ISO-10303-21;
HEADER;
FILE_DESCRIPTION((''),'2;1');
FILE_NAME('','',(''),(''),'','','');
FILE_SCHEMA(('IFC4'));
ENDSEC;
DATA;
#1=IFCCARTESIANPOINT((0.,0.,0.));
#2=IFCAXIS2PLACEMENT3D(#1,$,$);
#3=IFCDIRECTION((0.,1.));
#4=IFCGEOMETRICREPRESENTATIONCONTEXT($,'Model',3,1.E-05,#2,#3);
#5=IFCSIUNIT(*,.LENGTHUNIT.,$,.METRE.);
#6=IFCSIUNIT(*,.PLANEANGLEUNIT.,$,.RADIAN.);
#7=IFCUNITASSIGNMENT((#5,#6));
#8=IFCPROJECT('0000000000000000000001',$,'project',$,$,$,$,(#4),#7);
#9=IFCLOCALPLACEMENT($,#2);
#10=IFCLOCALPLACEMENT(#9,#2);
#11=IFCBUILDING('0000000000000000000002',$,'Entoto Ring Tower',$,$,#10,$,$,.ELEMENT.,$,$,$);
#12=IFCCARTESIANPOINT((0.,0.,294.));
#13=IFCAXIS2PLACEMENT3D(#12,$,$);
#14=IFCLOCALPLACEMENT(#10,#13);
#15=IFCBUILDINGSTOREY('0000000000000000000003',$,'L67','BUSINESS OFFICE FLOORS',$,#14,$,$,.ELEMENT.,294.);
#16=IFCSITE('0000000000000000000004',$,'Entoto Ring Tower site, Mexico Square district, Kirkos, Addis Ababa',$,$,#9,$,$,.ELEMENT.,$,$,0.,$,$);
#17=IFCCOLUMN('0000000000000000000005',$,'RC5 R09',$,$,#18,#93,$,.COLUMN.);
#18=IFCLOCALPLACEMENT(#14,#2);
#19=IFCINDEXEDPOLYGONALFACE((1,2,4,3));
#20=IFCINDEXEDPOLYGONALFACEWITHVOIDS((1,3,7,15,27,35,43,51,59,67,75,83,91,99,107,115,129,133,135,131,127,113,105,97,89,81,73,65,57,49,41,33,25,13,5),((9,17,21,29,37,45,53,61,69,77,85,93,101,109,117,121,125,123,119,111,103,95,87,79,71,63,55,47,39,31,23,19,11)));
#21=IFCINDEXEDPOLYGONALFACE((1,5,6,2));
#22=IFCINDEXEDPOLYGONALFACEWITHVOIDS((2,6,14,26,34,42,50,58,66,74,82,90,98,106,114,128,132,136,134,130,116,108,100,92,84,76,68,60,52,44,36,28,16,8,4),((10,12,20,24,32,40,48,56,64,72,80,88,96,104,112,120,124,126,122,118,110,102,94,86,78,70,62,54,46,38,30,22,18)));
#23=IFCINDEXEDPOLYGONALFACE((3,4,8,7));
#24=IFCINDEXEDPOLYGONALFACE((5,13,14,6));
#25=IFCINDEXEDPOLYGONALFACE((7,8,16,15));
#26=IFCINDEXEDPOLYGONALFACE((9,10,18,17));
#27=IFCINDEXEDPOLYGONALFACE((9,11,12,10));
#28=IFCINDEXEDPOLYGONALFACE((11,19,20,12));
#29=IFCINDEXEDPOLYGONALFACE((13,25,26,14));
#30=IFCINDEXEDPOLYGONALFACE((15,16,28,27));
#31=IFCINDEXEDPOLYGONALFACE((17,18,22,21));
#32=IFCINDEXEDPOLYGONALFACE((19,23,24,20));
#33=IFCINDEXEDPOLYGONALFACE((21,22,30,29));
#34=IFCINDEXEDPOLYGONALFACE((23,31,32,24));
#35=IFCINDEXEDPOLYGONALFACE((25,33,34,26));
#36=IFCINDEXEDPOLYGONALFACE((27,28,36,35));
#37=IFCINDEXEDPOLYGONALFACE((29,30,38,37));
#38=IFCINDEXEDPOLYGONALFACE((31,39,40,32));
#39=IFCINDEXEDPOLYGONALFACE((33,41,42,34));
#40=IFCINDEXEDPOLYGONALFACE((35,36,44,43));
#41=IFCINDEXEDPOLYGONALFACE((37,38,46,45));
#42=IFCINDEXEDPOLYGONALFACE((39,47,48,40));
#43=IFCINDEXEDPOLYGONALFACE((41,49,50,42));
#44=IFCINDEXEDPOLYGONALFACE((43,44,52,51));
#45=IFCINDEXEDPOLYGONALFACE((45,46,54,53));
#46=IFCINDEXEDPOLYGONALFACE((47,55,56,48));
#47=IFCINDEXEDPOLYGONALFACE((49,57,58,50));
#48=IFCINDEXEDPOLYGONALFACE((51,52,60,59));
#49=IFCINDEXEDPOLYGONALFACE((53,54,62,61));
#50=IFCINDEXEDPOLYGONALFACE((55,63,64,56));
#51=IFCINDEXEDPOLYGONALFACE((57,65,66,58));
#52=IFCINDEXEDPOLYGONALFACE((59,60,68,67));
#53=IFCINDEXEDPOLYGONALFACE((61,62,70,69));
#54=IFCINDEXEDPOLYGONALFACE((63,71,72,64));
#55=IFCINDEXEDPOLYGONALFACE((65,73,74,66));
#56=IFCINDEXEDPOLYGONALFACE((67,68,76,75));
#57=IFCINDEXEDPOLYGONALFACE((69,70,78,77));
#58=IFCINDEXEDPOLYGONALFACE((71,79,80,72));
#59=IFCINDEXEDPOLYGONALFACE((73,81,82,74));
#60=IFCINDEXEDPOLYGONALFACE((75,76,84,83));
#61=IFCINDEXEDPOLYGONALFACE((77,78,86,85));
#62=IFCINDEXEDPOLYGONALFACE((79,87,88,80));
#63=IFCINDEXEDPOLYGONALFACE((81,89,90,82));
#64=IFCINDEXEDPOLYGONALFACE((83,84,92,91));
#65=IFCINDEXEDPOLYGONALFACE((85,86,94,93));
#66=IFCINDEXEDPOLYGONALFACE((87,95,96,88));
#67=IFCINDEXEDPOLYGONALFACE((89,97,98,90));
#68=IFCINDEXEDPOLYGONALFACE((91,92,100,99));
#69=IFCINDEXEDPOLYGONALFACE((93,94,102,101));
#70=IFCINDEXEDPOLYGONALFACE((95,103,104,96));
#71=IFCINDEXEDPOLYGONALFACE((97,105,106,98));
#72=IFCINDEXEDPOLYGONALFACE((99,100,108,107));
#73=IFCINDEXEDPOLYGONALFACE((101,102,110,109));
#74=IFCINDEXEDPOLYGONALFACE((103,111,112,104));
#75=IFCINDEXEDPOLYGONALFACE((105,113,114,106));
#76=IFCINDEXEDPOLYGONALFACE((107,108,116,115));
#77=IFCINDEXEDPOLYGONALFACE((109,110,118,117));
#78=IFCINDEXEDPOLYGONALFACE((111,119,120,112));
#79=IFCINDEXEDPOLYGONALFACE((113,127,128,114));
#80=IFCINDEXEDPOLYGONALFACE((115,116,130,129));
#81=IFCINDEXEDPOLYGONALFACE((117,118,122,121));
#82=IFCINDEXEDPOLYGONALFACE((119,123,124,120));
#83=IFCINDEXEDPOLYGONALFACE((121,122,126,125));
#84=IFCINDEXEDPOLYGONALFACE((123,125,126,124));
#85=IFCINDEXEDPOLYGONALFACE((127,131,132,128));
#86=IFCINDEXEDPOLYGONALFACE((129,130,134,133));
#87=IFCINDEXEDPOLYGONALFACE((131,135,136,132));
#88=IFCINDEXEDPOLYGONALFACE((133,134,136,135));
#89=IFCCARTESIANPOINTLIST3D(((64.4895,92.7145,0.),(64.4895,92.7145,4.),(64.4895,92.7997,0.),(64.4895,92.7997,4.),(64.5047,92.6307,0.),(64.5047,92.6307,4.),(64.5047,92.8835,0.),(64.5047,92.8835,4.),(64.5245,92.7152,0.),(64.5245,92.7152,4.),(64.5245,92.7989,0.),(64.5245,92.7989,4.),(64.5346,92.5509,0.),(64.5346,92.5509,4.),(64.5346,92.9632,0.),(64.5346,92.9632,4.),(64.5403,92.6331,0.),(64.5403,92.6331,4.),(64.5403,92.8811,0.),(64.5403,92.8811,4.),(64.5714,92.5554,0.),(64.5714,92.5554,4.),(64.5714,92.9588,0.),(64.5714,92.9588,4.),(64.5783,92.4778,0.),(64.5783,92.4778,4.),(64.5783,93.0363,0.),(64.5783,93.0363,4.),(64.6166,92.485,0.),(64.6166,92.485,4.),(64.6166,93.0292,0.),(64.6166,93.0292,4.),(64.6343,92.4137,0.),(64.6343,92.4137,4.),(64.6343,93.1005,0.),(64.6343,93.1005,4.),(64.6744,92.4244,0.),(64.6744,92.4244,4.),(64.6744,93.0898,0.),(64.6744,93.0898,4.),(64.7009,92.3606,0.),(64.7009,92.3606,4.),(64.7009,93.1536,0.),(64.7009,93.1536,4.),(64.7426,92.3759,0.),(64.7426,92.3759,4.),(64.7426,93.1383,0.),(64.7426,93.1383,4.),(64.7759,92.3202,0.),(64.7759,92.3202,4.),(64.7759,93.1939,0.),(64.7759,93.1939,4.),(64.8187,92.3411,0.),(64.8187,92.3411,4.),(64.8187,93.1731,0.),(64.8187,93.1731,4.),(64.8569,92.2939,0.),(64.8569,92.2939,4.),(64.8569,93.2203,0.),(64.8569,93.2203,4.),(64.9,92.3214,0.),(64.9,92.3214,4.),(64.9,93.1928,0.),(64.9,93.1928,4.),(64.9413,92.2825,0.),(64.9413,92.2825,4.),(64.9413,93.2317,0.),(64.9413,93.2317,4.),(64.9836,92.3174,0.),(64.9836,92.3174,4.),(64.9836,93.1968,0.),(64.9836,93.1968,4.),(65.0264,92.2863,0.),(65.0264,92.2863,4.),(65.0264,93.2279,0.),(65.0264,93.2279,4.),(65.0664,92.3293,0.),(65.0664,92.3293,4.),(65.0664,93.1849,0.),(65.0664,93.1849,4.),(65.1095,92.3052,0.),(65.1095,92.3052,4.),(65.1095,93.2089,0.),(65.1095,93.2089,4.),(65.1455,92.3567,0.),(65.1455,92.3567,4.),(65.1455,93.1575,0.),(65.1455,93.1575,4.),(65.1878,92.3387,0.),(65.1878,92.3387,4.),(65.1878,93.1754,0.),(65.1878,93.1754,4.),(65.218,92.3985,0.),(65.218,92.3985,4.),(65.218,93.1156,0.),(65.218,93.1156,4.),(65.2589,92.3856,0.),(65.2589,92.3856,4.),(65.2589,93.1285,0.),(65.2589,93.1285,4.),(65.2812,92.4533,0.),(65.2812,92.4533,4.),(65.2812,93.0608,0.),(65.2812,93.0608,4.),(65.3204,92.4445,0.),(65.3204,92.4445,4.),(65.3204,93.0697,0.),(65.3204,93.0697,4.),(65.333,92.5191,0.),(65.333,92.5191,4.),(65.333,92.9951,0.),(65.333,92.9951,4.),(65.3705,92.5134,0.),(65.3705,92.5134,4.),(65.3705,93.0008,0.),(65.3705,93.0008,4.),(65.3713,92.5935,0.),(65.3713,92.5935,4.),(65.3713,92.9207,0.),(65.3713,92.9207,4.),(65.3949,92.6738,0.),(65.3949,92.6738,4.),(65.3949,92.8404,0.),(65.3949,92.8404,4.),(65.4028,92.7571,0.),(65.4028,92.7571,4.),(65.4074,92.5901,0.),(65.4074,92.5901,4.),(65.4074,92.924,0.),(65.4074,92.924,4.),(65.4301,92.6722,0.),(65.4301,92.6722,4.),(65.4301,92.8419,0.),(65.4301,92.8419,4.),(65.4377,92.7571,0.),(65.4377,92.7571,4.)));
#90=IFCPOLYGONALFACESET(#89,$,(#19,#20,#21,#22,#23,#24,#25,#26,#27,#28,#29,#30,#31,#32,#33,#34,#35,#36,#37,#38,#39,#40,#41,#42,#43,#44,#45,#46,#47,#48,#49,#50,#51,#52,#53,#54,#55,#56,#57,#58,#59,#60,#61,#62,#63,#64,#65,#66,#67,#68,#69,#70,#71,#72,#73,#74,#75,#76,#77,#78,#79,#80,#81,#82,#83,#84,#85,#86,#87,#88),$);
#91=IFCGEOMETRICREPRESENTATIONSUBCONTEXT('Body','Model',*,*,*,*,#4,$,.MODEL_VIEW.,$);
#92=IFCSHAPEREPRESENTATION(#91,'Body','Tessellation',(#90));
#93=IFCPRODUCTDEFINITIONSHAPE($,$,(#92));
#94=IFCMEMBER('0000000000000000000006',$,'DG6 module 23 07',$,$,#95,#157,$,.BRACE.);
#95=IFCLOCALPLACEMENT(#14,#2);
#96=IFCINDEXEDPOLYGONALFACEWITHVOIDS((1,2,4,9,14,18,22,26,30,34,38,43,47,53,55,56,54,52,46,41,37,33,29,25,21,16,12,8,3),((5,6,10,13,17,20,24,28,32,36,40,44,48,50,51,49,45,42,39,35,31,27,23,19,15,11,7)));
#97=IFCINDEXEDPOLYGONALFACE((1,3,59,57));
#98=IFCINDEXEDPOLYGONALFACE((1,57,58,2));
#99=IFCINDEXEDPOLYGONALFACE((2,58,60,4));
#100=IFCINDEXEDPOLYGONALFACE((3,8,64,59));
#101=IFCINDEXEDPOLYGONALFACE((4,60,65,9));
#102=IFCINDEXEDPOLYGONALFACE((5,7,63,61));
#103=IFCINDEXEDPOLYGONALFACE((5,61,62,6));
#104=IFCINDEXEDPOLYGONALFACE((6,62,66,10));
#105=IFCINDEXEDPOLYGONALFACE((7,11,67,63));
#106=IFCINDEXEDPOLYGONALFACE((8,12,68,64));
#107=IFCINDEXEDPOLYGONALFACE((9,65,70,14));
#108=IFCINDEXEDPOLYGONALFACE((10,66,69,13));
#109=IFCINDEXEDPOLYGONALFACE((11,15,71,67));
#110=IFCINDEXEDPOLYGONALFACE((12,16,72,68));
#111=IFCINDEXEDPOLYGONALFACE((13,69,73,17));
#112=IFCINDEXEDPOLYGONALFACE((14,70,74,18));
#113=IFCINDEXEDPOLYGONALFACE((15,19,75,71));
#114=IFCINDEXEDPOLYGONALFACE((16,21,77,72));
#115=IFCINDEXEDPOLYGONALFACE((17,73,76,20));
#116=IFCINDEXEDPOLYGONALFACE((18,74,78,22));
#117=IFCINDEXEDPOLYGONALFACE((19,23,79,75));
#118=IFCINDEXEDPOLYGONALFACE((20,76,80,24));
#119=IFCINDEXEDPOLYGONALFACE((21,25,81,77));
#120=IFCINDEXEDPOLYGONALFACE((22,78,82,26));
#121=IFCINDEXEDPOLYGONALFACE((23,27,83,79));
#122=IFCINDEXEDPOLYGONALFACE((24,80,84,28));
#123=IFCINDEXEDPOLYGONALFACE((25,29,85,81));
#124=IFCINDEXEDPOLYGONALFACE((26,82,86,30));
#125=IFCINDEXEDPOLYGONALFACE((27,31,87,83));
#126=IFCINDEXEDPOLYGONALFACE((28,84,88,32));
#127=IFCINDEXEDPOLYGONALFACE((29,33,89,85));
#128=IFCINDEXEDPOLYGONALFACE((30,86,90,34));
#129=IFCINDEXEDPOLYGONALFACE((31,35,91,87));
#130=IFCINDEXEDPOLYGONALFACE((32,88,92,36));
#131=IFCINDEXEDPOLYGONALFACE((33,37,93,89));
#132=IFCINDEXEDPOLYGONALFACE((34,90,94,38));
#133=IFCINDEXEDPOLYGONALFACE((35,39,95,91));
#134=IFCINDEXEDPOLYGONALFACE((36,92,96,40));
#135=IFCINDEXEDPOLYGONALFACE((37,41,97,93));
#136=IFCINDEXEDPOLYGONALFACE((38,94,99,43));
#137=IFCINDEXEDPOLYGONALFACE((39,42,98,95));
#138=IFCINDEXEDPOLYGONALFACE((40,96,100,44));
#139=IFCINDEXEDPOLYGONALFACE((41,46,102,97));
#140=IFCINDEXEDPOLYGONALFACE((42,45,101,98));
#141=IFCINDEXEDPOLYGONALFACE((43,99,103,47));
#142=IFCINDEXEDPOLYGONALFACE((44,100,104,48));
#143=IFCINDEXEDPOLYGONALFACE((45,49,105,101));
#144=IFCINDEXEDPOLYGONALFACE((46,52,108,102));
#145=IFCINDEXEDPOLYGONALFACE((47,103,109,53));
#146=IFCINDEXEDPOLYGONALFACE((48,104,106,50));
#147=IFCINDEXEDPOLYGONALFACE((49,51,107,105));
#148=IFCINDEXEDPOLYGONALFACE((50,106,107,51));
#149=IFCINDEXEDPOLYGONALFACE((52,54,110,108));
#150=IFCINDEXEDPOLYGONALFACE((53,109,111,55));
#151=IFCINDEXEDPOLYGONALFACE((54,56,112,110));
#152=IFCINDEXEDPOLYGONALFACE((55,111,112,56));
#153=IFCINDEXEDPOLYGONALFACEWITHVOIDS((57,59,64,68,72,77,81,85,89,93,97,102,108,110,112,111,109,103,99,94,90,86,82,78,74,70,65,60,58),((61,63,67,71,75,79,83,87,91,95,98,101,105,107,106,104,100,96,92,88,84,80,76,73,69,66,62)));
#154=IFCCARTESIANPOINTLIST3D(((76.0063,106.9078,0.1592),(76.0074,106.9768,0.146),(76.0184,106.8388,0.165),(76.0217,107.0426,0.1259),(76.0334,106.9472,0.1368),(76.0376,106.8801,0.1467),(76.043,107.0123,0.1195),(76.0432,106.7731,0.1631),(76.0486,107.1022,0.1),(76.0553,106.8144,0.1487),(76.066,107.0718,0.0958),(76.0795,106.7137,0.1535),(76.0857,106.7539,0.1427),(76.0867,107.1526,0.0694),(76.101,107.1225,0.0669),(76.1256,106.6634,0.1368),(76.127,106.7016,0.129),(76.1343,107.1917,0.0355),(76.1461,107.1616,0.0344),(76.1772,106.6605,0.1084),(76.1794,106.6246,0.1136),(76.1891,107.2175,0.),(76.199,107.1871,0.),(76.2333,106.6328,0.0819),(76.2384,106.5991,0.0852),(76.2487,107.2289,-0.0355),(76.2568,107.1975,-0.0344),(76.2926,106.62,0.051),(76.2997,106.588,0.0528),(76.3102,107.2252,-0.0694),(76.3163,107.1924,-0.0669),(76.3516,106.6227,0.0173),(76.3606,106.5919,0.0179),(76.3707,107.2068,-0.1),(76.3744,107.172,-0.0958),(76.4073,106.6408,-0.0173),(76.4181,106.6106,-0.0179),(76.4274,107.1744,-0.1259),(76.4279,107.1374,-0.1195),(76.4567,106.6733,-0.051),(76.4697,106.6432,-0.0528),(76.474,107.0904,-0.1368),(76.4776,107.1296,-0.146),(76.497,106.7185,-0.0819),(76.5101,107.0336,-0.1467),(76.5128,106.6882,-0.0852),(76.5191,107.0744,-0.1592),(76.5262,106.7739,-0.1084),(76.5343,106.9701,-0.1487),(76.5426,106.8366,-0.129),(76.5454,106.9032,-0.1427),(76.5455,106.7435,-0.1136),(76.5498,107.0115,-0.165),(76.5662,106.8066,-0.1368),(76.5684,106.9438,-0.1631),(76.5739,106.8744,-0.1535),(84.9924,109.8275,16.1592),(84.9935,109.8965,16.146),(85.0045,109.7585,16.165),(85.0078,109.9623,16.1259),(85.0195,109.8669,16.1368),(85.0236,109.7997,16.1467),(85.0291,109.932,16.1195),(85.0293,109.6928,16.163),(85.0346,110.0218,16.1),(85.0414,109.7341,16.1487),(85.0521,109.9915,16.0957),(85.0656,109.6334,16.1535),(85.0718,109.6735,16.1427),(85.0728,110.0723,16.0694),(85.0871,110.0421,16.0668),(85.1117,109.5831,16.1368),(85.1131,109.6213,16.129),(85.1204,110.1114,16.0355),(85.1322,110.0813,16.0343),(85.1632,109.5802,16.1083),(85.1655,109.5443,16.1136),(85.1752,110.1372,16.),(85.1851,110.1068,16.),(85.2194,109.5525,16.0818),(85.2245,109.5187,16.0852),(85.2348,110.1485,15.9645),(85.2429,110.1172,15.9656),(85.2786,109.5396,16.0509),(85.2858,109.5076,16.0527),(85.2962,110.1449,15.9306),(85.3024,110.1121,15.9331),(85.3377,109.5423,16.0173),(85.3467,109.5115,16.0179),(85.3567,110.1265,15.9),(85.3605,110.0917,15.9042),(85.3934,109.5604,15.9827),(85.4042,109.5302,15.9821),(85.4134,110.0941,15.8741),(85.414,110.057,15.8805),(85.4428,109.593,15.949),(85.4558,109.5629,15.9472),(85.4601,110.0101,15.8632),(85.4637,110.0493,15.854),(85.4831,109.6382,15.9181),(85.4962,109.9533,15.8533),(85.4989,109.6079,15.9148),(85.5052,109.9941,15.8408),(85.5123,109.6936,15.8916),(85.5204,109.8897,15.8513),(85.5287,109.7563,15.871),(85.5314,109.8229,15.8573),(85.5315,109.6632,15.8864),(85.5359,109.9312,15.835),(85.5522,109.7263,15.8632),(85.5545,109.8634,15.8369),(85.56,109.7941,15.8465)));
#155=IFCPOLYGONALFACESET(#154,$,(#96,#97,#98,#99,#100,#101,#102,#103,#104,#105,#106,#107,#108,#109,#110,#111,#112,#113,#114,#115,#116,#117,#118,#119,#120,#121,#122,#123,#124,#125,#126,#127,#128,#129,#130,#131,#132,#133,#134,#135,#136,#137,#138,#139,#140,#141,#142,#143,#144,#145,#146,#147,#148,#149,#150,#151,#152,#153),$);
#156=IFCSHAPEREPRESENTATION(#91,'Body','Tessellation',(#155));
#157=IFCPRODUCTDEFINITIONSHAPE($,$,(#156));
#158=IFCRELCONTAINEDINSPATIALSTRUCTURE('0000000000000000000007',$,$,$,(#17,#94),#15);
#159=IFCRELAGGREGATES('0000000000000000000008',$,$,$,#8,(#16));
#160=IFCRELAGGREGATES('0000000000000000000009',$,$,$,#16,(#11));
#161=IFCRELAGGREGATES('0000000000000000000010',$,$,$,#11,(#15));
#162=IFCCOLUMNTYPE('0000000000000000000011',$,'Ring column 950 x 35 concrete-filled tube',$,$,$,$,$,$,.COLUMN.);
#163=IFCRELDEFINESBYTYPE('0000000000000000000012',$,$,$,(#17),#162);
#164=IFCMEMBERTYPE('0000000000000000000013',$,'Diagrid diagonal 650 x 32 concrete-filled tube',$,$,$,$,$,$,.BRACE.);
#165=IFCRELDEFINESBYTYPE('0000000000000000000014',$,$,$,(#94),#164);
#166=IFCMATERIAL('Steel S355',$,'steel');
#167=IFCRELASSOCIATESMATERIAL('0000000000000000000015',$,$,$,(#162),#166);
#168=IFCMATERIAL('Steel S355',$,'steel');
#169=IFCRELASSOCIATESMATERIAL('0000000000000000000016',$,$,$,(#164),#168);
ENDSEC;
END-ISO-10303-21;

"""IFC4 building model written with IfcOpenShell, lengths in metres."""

from ifc_helpers import new_model, si_unit, direction, frame, origin, origin_2d, place, context, subcontext, project, spatial, circle, hollow_circle, extrude, material, material_profile, profile_set, type_object, element, save


model = new_model("IFC4")

# Units and contexts
model_context = context("Model", 3, precision=1e-05, world=origin(), true_north=direction((0.0, 1.0)))
body_context = subcontext(model_context, "Body", "Model", "MODEL_VIEW")
ifc_project = project(units=[si_unit("LENGTHUNIT", "METRE"), si_unit("PLANEANGLEUNIT", "RADIAN")], contexts=[model_context])

# Site, building, storey
site_placement = place(None, origin())
site = spatial("IfcSite", under=ifc_project, at=site_placement, Name="Entoto Ring Tower site, Mexico Square district, Kirkos, Addis Ababa", CompositionType="ELEMENT", RefElevation=0.0)
building_placement = place(site_placement, origin())
building = spatial("IfcBuilding", under=site, at=building_placement, Name="Entoto Ring Tower", CompositionType="ELEMENT")
storey_placement = place(building_placement, frame((0.0, 0.0, 294.0)))
storey = spatial("IfcBuildingStorey", under=building, at=storey_placement, Name="L67", Description="BUSINESS OFFICE FLOORS", CompositionType="ELEMENT", Elevation=294.0)

# Column
ifc_material_1 = material(Name="Steel S355", Category="steel")
ifc_material_profile_1 = material_profile(ifc_material_1, hollow_circle(Radius=0.4751, WallThickness=0.0349, at=origin_2d()), Name="CHS 950 x 35")
ifc_material_2 = material(Name="Concrete C60/75", Category="concrete")
ifc_material_profile_2 = material_profile(ifc_material_2, circle(Radius=0.4399, at=origin_2d()), Name="Concrete C60/75 infill")
ifc_profile_set_1 = profile_set([ifc_material_profile_1, ifc_material_profile_2], Name="Steel S355")
column_type = type_object("IfcColumnType", Name="Ring column 950 x 35 concrete-filled tube", PredefinedType="COLUMN", material=ifc_profile_set_1)
for number, where, z_axis, x_axis, name in (
    (1, (64.9626, 92.7571, 0.0), (0.0, 0.0, 1.0), (1.0, 0.0, 0.0), "RC5 R09"),
):
    element("IfcColumn", number, at=place(storey_placement, frame(where, z_axis=z_axis, x_axis=x_axis)), inside=storey, type_object=column_type, Name=name, PredefinedType="COLUMN", context=body_context, shape_type="SweptSolid", body=[
        extrude(hollow_circle(Radius=0.4751, WallThickness=0.0349, at=origin_2d()), origin(), (0.0, 0.0, 1.0), 4.0),
    ])

# Member
ifc_material_3 = material(Name="Steel S355", Category="steel")
ifc_material_profile_3 = material_profile(ifc_material_3, hollow_circle(Radius=0.325, WallThickness=0.032, at=origin_2d()), Name="CHS 650 x 32")
ifc_material_4 = material(Name="Concrete C60/75", Category="concrete")
ifc_material_profile_4 = material_profile(ifc_material_4, circle(Radius=0.293, at=origin_2d()), Name="Concrete C60/75 infill")
ifc_profile_set_2 = profile_set([ifc_material_profile_3, ifc_material_profile_4], Name="Steel S355")
member_type_1 = type_object("IfcMemberType", Name="Diagrid diagonal 650 x 32 concrete-filled tube", PredefinedType="BRACE", material=ifc_profile_set_2)
member_1_placement = place(storey_placement, frame((76.2896, 106.9084, 0.0), z_axis=(0.483602, 0.157128, 0.861069), x_axis=(-0.30901, 0.951059, 0.0)))
element("IfcMember", 2, at=member_1_placement, inside=storey, type_object=member_type_1, Name="DG6 module 23 07", PredefinedType="BRACE", context=body_context, shape_type="SweptSolid", body=[
    extrude(hollow_circle(Radius=0.325, WallThickness=0.032, at=origin_2d()), origin(), (0.0, 0.0, 1.0), 18.5815),
])

save(model, "model.ifc")
